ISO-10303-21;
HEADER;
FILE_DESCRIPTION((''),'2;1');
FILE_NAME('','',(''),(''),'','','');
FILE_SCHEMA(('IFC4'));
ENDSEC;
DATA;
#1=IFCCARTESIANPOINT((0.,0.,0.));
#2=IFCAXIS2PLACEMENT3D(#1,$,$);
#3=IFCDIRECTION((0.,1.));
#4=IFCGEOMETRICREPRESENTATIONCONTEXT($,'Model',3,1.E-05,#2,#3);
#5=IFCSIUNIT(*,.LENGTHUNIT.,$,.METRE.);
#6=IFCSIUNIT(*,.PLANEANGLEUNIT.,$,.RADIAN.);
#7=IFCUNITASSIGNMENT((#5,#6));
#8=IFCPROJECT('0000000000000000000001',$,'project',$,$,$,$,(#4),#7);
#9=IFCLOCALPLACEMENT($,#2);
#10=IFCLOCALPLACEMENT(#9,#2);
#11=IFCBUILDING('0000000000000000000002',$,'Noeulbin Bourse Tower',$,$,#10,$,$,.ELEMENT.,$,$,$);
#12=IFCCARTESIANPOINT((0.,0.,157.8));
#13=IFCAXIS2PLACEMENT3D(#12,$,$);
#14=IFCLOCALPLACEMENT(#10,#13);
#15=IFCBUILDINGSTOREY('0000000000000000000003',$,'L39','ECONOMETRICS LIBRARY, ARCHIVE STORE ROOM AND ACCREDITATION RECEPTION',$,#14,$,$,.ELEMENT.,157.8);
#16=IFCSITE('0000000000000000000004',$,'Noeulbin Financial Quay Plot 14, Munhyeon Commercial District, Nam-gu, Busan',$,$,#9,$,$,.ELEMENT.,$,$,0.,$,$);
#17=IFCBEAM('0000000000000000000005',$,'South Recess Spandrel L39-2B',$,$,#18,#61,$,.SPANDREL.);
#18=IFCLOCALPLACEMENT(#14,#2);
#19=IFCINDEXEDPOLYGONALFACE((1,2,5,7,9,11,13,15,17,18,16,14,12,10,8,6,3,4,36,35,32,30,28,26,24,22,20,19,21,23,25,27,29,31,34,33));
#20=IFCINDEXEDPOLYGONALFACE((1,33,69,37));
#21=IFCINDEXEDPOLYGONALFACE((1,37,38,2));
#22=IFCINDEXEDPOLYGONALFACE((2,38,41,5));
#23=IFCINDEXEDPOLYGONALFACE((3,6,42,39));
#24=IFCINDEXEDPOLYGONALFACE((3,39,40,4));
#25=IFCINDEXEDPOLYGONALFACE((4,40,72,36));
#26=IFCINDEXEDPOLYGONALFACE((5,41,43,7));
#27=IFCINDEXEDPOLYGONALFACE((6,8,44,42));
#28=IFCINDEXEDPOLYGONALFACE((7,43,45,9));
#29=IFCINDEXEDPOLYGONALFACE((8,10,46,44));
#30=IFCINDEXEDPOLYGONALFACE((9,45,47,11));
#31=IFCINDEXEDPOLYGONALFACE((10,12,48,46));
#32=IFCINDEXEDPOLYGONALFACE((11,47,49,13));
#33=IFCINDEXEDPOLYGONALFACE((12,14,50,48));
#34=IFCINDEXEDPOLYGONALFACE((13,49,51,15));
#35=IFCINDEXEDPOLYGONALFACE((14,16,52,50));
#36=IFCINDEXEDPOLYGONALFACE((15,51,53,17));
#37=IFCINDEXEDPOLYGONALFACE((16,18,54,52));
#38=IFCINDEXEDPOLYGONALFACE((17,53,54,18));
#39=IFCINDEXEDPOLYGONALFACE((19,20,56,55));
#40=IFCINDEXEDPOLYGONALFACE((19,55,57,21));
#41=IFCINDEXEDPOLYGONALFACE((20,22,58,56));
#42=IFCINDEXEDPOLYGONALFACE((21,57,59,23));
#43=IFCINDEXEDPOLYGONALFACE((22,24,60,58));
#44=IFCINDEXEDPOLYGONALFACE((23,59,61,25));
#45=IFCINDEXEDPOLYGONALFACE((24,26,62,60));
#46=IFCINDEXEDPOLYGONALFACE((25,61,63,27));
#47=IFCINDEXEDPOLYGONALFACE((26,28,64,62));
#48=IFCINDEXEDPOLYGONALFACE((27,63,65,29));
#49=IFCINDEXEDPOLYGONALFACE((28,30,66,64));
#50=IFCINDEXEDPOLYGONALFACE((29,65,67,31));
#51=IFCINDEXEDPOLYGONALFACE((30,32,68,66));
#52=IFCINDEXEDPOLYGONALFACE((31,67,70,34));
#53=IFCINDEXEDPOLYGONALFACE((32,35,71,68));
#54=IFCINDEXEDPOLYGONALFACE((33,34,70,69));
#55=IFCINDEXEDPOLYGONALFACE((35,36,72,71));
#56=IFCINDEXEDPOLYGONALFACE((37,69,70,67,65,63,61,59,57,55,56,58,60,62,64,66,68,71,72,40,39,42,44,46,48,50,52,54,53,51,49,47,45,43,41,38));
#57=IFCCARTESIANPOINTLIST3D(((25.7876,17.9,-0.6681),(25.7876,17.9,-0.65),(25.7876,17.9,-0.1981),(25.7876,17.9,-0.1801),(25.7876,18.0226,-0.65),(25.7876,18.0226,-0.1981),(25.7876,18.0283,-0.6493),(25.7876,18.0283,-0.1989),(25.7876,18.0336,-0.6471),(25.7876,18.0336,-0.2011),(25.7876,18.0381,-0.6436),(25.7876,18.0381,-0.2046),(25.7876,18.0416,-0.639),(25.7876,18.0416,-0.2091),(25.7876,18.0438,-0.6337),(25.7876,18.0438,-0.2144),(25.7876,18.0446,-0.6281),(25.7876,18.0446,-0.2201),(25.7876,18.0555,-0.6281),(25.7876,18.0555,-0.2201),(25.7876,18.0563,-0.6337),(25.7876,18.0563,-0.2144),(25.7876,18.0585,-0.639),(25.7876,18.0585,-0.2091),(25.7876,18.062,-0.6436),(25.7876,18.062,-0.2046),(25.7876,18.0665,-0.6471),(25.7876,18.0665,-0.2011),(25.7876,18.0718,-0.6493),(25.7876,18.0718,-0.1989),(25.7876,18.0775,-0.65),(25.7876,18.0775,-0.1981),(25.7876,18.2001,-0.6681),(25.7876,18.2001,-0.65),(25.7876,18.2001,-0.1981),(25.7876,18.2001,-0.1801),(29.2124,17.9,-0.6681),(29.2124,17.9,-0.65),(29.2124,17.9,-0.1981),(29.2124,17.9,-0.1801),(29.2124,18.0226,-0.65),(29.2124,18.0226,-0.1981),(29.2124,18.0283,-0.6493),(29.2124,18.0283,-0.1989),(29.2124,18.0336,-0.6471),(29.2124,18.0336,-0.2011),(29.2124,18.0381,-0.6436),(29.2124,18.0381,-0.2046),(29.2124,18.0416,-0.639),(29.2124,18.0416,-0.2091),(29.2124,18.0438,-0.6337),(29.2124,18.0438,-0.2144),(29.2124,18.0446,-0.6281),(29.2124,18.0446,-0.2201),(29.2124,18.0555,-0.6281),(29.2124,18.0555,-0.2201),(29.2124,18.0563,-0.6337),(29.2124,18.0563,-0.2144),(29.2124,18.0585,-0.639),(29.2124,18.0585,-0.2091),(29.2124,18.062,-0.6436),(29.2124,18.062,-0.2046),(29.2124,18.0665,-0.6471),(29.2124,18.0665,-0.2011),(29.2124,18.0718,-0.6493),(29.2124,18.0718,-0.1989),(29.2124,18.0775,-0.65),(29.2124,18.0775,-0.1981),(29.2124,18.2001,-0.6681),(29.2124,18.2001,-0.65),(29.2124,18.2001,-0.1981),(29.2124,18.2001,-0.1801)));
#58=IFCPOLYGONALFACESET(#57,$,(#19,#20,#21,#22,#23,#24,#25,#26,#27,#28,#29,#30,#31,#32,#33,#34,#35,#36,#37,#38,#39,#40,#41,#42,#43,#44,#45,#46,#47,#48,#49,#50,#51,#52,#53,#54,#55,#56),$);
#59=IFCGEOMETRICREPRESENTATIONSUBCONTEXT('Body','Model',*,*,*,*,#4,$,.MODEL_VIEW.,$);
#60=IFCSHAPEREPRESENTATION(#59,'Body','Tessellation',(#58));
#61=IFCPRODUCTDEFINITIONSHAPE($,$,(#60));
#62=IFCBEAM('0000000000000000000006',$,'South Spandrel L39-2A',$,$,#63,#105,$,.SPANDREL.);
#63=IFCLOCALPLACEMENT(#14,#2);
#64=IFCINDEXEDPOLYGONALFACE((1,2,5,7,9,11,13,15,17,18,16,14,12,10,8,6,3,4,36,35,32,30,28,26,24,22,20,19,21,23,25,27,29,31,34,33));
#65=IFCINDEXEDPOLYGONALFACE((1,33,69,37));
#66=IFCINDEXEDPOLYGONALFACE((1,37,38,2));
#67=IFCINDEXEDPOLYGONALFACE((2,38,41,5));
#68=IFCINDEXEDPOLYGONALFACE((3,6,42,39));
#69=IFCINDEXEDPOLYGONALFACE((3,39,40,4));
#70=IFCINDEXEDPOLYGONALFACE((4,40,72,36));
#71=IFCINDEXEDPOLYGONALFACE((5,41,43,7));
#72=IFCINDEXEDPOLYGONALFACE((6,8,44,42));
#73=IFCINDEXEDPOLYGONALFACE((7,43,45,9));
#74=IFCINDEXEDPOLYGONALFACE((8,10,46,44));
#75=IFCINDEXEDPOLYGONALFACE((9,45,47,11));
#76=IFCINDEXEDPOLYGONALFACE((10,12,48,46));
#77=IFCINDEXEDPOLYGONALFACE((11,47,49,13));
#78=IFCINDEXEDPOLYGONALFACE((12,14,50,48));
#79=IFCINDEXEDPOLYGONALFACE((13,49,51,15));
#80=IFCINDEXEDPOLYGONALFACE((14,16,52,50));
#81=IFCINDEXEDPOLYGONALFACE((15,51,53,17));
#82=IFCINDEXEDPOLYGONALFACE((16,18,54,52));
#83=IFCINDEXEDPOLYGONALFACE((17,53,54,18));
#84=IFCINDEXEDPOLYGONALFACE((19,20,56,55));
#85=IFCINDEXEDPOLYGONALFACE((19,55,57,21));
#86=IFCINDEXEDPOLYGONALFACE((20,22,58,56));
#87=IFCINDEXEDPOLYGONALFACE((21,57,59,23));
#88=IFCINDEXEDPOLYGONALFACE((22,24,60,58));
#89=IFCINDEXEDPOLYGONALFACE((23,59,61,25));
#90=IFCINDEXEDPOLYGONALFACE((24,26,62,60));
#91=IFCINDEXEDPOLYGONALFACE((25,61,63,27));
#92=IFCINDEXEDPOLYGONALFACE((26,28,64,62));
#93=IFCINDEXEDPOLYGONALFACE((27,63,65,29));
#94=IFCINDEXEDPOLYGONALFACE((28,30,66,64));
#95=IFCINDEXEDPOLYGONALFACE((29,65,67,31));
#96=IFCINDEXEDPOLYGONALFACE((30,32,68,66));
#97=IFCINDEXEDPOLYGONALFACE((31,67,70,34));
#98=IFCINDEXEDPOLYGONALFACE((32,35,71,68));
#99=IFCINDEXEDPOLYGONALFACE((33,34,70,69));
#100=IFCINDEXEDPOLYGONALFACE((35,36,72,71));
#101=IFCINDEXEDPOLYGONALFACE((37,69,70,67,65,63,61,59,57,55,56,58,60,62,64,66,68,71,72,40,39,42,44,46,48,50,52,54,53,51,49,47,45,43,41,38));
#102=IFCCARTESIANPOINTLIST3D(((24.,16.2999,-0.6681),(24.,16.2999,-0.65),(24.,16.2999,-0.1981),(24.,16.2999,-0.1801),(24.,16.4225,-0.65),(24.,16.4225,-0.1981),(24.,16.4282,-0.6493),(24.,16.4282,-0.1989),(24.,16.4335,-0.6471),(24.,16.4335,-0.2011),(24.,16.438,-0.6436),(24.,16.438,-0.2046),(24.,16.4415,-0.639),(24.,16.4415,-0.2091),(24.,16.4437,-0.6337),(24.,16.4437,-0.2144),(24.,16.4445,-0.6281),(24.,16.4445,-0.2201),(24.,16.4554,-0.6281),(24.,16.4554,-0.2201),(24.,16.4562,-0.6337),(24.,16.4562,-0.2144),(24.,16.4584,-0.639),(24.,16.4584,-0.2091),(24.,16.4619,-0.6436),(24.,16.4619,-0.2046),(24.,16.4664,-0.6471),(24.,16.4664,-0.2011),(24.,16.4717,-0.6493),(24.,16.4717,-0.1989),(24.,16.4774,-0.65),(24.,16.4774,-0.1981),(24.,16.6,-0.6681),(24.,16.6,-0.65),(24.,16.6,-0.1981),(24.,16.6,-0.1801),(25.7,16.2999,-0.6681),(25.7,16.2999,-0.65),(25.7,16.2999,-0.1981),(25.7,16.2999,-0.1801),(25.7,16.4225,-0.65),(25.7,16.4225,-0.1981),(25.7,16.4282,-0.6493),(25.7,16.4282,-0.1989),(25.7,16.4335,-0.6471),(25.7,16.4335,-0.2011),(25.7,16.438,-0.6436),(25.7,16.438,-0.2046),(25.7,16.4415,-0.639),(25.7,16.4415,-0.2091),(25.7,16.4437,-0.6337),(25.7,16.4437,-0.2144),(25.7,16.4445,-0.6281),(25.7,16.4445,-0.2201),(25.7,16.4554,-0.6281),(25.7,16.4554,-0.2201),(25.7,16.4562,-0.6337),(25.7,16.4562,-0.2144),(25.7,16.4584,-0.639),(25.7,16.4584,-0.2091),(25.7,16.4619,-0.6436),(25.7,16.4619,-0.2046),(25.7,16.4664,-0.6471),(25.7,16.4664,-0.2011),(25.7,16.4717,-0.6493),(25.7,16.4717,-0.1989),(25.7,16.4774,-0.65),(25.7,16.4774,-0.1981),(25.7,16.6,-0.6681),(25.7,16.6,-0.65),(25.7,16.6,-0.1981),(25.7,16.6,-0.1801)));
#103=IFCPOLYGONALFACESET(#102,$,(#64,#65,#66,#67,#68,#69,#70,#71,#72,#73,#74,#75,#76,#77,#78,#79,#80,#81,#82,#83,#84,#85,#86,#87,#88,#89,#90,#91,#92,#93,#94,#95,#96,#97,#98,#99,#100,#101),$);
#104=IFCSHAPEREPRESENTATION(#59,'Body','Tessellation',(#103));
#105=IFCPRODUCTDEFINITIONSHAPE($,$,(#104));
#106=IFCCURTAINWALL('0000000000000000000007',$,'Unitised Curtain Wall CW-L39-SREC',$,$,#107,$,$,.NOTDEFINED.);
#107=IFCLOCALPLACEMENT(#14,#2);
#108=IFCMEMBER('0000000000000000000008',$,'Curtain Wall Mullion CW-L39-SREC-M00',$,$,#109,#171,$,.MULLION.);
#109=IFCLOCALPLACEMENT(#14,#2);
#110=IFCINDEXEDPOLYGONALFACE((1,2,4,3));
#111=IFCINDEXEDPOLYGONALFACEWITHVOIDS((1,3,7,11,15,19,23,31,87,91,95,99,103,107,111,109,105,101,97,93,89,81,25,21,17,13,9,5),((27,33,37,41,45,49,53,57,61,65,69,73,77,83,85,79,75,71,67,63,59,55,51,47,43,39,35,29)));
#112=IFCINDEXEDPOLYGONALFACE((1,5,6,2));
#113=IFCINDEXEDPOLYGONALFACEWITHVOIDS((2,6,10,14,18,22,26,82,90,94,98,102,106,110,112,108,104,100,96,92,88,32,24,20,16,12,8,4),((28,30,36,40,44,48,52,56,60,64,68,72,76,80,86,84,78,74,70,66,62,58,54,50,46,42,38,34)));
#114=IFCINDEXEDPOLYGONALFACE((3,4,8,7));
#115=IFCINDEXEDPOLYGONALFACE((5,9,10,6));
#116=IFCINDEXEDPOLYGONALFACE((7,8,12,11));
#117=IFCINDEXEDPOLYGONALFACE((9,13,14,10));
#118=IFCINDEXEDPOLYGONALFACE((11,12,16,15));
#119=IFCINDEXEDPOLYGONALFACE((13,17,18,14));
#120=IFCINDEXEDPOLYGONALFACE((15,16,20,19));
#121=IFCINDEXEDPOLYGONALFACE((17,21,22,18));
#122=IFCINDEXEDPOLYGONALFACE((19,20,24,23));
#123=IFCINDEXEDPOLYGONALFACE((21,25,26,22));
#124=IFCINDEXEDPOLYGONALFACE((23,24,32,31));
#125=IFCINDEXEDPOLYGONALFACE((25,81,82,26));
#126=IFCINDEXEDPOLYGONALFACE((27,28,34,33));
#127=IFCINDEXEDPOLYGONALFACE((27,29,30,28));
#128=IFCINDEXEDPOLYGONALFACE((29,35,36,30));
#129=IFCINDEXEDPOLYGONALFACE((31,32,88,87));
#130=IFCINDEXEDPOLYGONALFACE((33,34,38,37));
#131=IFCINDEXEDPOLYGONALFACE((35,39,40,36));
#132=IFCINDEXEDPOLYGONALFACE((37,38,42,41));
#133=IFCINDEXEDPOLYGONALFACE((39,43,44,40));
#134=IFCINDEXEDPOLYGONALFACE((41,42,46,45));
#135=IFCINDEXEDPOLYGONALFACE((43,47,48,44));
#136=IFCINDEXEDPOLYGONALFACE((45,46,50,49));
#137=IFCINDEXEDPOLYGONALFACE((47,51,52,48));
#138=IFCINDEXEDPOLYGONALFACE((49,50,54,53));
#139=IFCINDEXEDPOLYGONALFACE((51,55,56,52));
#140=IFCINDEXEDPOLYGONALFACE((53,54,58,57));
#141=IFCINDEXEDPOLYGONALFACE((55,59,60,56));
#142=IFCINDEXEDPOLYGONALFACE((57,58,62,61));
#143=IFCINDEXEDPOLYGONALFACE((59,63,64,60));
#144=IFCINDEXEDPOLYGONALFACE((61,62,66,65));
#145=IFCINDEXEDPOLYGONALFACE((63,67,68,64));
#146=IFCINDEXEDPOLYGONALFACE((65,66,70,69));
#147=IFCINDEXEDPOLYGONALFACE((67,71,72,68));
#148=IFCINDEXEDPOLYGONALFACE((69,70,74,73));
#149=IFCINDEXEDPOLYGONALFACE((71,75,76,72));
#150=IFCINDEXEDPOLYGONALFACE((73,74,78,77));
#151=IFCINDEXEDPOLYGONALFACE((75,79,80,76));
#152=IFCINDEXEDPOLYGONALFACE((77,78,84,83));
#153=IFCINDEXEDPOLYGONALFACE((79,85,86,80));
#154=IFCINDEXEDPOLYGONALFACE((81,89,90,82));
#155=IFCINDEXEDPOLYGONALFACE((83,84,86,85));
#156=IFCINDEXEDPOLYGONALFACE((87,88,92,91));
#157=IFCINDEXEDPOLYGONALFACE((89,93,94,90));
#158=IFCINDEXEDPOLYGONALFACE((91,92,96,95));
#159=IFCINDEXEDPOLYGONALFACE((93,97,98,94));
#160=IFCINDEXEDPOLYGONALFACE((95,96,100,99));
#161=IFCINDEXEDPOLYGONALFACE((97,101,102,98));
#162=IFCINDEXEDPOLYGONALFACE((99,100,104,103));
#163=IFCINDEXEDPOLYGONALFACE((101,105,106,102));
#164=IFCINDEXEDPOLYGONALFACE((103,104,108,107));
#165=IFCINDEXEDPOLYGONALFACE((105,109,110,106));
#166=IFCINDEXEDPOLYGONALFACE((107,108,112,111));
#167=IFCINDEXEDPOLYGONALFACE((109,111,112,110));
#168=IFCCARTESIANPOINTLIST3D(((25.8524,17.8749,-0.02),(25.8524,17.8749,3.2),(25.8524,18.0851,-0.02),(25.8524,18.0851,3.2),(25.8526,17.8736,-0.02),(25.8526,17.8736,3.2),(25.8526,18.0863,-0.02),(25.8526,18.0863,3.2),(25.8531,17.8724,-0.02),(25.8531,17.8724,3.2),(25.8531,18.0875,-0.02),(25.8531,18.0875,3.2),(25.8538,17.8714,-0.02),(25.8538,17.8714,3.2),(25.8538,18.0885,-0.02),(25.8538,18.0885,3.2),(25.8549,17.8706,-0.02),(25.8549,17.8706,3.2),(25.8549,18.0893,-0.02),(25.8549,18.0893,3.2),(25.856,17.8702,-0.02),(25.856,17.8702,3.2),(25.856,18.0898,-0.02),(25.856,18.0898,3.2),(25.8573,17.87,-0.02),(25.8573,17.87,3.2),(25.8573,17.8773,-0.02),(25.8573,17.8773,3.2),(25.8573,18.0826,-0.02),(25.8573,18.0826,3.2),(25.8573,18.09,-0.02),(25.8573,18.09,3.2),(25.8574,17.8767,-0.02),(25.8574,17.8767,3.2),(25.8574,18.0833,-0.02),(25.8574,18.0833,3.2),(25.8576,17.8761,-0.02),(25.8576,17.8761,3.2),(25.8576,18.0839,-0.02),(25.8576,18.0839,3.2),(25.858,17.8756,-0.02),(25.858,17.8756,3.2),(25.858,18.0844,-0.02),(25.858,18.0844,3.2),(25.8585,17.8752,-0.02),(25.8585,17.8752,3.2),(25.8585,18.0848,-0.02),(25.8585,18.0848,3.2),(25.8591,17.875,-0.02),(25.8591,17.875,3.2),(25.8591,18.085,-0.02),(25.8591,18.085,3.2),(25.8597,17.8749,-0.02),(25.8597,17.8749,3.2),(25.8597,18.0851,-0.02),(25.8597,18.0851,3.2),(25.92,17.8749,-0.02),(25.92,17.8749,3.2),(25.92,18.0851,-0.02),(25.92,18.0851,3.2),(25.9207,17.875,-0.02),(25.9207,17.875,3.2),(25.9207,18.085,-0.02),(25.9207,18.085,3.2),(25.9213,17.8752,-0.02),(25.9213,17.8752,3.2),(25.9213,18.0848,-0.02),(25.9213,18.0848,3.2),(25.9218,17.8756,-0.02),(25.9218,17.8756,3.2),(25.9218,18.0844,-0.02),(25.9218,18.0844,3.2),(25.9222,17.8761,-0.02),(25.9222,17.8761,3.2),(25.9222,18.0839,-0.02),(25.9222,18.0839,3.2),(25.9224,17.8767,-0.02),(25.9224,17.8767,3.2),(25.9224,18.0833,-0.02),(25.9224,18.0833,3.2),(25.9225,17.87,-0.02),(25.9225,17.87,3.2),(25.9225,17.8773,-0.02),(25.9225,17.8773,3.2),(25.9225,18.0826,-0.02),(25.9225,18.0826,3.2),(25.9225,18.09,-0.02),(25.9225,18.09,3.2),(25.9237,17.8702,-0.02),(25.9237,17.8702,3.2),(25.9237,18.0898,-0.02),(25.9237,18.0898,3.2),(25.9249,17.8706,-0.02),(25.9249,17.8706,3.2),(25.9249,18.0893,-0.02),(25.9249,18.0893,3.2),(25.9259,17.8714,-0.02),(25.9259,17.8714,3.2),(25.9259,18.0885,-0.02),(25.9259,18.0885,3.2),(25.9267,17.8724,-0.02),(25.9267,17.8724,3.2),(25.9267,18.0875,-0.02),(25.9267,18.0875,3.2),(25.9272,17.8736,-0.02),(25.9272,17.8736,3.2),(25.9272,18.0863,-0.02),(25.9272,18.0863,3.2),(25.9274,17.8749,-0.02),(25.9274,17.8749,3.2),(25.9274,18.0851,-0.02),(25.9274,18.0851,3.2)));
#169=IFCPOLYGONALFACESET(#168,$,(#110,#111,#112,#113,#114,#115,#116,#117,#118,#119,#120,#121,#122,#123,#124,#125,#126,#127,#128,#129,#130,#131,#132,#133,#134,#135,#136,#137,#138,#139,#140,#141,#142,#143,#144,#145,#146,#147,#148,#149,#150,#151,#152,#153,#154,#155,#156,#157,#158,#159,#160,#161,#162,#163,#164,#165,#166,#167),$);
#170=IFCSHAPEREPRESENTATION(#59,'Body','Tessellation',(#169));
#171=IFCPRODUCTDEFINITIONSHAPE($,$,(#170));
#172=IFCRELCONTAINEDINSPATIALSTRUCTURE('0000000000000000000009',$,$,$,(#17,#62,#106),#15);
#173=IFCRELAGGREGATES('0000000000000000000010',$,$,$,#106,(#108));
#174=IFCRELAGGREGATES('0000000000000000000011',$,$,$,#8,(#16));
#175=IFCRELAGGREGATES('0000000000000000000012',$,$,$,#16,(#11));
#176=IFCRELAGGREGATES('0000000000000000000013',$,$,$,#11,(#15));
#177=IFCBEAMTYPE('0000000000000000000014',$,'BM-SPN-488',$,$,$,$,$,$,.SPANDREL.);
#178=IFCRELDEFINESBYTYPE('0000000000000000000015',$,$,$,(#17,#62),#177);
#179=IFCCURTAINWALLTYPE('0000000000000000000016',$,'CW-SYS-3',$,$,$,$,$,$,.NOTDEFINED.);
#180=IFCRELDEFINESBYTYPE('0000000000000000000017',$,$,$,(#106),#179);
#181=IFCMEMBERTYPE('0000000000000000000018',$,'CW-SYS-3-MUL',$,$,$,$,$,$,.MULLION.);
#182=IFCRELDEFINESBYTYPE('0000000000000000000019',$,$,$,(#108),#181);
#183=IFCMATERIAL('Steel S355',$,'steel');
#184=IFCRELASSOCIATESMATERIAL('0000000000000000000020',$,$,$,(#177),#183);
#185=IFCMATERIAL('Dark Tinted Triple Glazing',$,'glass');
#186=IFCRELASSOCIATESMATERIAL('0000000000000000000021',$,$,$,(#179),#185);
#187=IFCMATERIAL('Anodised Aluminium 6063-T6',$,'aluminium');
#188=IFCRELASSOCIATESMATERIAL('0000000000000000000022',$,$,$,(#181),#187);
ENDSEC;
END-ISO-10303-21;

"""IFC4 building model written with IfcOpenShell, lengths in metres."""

from ifc_helpers import new_model, si_unit, direction, frame, origin, origin_2d, place, context, subcontext, project, spatial, hollow_rectangle, i_section, extrude, material, material_profile, profile_set, type_object, element, aggregate, save


model = new_model("IFC4")

# Units and contexts
model_context = context("Model", 3, precision=1e-05, world=origin(), true_north=direction((0.0, 1.0)))
body_context = subcontext(model_context, "Body", "Model", "MODEL_VIEW")
ifc_project = project(units=[si_unit("LENGTHUNIT", "METRE"), si_unit("PLANEANGLEUNIT", "RADIAN")], contexts=[model_context])

# Site, building, storey
site_placement = place(None, origin())
site = spatial("IfcSite", under=ifc_project, at=site_placement, Name="Noeulbin Financial Quay Plot 14, Munhyeon Commercial District, Nam-gu, Busan", CompositionType="ELEMENT", RefElevation=0.0)
building_placement = place(site_placement, origin())
building = spatial("IfcBuilding", under=site, at=building_placement, Name="Noeulbin Bourse Tower", CompositionType="ELEMENT")
storey_placement = place(building_placement, frame((0.0, 0.0, 157.8)))
storey = spatial("IfcBuildingStorey", under=building, at=storey_placement, Name="L39", Description="ECONOMETRICS LIBRARY, ARCHIVE STORE ROOM AND ACCREDITATION RECEPTION", CompositionType="ELEMENT", Elevation=157.8)

# Beams
ifc_material_1 = material(Name="Steel S355", Category="steel")
ifc_material_profile_1 = material_profile(ifc_material_1, i_section(OverallWidth=0.3, OverallDepth=0.488, WebThickness=0.011, FlangeThickness=0.0181, FilletRadius=0.022, at=origin_2d()), Name="H-488x300x11x18", Category="LoadBearing")
ifc_profile_set_1 = profile_set([ifc_material_profile_1], Name="Steel S355")
beam_type_1 = type_object("IfcBeamType", Name="BM-SPN-488", PredefinedType="SPANDREL", material=ifc_profile_set_1)
beam_1_placement = place(storey_placement, frame((25.7876, 18.05, -0.4241), z_axis=(1.0, 0.0, 0.0), x_axis=(0.0, 1.0, 0.0)))
element("IfcBeam", 1, at=beam_1_placement, inside=storey, type_object=beam_type_1, Name="South Recess Spandrel L39-2B", PredefinedType="SPANDREL", context=body_context, shape_type="SweptSolid", body=[
    extrude(i_section(OverallWidth=0.3, OverallDepth=0.488, WebThickness=0.011, FlangeThickness=0.0181, FilletRadius=0.022, at=origin_2d()), origin(), (0.0, 0.0, 1.0), 3.4248),
])
beam_2_placement = place(storey_placement, frame((24.0, 16.45, -0.4241), z_axis=(1.0, 0.0, 0.0), x_axis=(0.0, 1.0, 0.0)))
element("IfcBeam", 2, at=beam_2_placement, inside=storey, type_object=beam_type_1, Name="South Spandrel L39-2A", PredefinedType="SPANDREL", context=body_context, shape_type="SweptSolid", body=[
    extrude(i_section(OverallWidth=0.3, OverallDepth=0.488, WebThickness=0.011, FlangeThickness=0.0181, FilletRadius=0.022, at=origin_2d()), origin(), (0.0, 0.0, 1.0), 1.7),
])

# Curtain wall, member
ifc_material_2 = material(Name="Dark Tinted Triple Glazing", Category="glass")
curtain_wall_type = type_object("IfcCurtainWallType", Name="CW-SYS-3", PredefinedType="NOTDEFINED", material=ifc_material_2)
curtain_wall_1_placement = place(storey_placement, origin())
curtain_wall_1 = element("IfcCurtainWall", 3, at=curtain_wall_1_placement, inside=storey, type_object=curtain_wall_type, Name="Unitised Curtain Wall CW-L39-SREC", PredefinedType="NOTDEFINED")
ifc_material_3 = material(Name="Anodised Aluminium 6063-T6", Category="aluminium")
ifc_material_profile_2 = material_profile(ifc_material_3, hollow_rectangle(XDim=0.075, YDim=0.22, WallThickness=0.0049, InnerFilletRadius=0.0024, OuterFilletRadius=0.0049, at=origin_2d()), Name="ALU-MULL-75x220x5", Category="LoadBearing")
ifc_profile_set_2 = profile_set([ifc_material_profile_2], Name="Anodised Aluminium 6063-T6")
member_type_1 = type_object("IfcMemberType", Name="CW-SYS-3-MUL", PredefinedType="MULLION", material=ifc_profile_set_2)
member_1_placement = place(storey_placement, frame((25.8899, 17.98, -0.02), z_axis=(0.0, 0.0, 1.0), x_axis=(1.0, 0.0, 0.0)))
member_1 = element("IfcMember", 4, at=member_1_placement, type_object=member_type_1, Name="Curtain Wall Mullion CW-L39-SREC-M00", PredefinedType="MULLION", context=body_context, shape_type="SweptSolid", body=[
    extrude(hollow_rectangle(XDim=0.075, YDim=0.22, WallThickness=0.0049, InnerFilletRadius=0.0024, OuterFilletRadius=0.0049, at=origin_2d()), origin(), (0.0, 0.0, 1.0), 3.22),
])

aggregate(curtain_wall_1, [member_1])

save(model, "model.ifc")
